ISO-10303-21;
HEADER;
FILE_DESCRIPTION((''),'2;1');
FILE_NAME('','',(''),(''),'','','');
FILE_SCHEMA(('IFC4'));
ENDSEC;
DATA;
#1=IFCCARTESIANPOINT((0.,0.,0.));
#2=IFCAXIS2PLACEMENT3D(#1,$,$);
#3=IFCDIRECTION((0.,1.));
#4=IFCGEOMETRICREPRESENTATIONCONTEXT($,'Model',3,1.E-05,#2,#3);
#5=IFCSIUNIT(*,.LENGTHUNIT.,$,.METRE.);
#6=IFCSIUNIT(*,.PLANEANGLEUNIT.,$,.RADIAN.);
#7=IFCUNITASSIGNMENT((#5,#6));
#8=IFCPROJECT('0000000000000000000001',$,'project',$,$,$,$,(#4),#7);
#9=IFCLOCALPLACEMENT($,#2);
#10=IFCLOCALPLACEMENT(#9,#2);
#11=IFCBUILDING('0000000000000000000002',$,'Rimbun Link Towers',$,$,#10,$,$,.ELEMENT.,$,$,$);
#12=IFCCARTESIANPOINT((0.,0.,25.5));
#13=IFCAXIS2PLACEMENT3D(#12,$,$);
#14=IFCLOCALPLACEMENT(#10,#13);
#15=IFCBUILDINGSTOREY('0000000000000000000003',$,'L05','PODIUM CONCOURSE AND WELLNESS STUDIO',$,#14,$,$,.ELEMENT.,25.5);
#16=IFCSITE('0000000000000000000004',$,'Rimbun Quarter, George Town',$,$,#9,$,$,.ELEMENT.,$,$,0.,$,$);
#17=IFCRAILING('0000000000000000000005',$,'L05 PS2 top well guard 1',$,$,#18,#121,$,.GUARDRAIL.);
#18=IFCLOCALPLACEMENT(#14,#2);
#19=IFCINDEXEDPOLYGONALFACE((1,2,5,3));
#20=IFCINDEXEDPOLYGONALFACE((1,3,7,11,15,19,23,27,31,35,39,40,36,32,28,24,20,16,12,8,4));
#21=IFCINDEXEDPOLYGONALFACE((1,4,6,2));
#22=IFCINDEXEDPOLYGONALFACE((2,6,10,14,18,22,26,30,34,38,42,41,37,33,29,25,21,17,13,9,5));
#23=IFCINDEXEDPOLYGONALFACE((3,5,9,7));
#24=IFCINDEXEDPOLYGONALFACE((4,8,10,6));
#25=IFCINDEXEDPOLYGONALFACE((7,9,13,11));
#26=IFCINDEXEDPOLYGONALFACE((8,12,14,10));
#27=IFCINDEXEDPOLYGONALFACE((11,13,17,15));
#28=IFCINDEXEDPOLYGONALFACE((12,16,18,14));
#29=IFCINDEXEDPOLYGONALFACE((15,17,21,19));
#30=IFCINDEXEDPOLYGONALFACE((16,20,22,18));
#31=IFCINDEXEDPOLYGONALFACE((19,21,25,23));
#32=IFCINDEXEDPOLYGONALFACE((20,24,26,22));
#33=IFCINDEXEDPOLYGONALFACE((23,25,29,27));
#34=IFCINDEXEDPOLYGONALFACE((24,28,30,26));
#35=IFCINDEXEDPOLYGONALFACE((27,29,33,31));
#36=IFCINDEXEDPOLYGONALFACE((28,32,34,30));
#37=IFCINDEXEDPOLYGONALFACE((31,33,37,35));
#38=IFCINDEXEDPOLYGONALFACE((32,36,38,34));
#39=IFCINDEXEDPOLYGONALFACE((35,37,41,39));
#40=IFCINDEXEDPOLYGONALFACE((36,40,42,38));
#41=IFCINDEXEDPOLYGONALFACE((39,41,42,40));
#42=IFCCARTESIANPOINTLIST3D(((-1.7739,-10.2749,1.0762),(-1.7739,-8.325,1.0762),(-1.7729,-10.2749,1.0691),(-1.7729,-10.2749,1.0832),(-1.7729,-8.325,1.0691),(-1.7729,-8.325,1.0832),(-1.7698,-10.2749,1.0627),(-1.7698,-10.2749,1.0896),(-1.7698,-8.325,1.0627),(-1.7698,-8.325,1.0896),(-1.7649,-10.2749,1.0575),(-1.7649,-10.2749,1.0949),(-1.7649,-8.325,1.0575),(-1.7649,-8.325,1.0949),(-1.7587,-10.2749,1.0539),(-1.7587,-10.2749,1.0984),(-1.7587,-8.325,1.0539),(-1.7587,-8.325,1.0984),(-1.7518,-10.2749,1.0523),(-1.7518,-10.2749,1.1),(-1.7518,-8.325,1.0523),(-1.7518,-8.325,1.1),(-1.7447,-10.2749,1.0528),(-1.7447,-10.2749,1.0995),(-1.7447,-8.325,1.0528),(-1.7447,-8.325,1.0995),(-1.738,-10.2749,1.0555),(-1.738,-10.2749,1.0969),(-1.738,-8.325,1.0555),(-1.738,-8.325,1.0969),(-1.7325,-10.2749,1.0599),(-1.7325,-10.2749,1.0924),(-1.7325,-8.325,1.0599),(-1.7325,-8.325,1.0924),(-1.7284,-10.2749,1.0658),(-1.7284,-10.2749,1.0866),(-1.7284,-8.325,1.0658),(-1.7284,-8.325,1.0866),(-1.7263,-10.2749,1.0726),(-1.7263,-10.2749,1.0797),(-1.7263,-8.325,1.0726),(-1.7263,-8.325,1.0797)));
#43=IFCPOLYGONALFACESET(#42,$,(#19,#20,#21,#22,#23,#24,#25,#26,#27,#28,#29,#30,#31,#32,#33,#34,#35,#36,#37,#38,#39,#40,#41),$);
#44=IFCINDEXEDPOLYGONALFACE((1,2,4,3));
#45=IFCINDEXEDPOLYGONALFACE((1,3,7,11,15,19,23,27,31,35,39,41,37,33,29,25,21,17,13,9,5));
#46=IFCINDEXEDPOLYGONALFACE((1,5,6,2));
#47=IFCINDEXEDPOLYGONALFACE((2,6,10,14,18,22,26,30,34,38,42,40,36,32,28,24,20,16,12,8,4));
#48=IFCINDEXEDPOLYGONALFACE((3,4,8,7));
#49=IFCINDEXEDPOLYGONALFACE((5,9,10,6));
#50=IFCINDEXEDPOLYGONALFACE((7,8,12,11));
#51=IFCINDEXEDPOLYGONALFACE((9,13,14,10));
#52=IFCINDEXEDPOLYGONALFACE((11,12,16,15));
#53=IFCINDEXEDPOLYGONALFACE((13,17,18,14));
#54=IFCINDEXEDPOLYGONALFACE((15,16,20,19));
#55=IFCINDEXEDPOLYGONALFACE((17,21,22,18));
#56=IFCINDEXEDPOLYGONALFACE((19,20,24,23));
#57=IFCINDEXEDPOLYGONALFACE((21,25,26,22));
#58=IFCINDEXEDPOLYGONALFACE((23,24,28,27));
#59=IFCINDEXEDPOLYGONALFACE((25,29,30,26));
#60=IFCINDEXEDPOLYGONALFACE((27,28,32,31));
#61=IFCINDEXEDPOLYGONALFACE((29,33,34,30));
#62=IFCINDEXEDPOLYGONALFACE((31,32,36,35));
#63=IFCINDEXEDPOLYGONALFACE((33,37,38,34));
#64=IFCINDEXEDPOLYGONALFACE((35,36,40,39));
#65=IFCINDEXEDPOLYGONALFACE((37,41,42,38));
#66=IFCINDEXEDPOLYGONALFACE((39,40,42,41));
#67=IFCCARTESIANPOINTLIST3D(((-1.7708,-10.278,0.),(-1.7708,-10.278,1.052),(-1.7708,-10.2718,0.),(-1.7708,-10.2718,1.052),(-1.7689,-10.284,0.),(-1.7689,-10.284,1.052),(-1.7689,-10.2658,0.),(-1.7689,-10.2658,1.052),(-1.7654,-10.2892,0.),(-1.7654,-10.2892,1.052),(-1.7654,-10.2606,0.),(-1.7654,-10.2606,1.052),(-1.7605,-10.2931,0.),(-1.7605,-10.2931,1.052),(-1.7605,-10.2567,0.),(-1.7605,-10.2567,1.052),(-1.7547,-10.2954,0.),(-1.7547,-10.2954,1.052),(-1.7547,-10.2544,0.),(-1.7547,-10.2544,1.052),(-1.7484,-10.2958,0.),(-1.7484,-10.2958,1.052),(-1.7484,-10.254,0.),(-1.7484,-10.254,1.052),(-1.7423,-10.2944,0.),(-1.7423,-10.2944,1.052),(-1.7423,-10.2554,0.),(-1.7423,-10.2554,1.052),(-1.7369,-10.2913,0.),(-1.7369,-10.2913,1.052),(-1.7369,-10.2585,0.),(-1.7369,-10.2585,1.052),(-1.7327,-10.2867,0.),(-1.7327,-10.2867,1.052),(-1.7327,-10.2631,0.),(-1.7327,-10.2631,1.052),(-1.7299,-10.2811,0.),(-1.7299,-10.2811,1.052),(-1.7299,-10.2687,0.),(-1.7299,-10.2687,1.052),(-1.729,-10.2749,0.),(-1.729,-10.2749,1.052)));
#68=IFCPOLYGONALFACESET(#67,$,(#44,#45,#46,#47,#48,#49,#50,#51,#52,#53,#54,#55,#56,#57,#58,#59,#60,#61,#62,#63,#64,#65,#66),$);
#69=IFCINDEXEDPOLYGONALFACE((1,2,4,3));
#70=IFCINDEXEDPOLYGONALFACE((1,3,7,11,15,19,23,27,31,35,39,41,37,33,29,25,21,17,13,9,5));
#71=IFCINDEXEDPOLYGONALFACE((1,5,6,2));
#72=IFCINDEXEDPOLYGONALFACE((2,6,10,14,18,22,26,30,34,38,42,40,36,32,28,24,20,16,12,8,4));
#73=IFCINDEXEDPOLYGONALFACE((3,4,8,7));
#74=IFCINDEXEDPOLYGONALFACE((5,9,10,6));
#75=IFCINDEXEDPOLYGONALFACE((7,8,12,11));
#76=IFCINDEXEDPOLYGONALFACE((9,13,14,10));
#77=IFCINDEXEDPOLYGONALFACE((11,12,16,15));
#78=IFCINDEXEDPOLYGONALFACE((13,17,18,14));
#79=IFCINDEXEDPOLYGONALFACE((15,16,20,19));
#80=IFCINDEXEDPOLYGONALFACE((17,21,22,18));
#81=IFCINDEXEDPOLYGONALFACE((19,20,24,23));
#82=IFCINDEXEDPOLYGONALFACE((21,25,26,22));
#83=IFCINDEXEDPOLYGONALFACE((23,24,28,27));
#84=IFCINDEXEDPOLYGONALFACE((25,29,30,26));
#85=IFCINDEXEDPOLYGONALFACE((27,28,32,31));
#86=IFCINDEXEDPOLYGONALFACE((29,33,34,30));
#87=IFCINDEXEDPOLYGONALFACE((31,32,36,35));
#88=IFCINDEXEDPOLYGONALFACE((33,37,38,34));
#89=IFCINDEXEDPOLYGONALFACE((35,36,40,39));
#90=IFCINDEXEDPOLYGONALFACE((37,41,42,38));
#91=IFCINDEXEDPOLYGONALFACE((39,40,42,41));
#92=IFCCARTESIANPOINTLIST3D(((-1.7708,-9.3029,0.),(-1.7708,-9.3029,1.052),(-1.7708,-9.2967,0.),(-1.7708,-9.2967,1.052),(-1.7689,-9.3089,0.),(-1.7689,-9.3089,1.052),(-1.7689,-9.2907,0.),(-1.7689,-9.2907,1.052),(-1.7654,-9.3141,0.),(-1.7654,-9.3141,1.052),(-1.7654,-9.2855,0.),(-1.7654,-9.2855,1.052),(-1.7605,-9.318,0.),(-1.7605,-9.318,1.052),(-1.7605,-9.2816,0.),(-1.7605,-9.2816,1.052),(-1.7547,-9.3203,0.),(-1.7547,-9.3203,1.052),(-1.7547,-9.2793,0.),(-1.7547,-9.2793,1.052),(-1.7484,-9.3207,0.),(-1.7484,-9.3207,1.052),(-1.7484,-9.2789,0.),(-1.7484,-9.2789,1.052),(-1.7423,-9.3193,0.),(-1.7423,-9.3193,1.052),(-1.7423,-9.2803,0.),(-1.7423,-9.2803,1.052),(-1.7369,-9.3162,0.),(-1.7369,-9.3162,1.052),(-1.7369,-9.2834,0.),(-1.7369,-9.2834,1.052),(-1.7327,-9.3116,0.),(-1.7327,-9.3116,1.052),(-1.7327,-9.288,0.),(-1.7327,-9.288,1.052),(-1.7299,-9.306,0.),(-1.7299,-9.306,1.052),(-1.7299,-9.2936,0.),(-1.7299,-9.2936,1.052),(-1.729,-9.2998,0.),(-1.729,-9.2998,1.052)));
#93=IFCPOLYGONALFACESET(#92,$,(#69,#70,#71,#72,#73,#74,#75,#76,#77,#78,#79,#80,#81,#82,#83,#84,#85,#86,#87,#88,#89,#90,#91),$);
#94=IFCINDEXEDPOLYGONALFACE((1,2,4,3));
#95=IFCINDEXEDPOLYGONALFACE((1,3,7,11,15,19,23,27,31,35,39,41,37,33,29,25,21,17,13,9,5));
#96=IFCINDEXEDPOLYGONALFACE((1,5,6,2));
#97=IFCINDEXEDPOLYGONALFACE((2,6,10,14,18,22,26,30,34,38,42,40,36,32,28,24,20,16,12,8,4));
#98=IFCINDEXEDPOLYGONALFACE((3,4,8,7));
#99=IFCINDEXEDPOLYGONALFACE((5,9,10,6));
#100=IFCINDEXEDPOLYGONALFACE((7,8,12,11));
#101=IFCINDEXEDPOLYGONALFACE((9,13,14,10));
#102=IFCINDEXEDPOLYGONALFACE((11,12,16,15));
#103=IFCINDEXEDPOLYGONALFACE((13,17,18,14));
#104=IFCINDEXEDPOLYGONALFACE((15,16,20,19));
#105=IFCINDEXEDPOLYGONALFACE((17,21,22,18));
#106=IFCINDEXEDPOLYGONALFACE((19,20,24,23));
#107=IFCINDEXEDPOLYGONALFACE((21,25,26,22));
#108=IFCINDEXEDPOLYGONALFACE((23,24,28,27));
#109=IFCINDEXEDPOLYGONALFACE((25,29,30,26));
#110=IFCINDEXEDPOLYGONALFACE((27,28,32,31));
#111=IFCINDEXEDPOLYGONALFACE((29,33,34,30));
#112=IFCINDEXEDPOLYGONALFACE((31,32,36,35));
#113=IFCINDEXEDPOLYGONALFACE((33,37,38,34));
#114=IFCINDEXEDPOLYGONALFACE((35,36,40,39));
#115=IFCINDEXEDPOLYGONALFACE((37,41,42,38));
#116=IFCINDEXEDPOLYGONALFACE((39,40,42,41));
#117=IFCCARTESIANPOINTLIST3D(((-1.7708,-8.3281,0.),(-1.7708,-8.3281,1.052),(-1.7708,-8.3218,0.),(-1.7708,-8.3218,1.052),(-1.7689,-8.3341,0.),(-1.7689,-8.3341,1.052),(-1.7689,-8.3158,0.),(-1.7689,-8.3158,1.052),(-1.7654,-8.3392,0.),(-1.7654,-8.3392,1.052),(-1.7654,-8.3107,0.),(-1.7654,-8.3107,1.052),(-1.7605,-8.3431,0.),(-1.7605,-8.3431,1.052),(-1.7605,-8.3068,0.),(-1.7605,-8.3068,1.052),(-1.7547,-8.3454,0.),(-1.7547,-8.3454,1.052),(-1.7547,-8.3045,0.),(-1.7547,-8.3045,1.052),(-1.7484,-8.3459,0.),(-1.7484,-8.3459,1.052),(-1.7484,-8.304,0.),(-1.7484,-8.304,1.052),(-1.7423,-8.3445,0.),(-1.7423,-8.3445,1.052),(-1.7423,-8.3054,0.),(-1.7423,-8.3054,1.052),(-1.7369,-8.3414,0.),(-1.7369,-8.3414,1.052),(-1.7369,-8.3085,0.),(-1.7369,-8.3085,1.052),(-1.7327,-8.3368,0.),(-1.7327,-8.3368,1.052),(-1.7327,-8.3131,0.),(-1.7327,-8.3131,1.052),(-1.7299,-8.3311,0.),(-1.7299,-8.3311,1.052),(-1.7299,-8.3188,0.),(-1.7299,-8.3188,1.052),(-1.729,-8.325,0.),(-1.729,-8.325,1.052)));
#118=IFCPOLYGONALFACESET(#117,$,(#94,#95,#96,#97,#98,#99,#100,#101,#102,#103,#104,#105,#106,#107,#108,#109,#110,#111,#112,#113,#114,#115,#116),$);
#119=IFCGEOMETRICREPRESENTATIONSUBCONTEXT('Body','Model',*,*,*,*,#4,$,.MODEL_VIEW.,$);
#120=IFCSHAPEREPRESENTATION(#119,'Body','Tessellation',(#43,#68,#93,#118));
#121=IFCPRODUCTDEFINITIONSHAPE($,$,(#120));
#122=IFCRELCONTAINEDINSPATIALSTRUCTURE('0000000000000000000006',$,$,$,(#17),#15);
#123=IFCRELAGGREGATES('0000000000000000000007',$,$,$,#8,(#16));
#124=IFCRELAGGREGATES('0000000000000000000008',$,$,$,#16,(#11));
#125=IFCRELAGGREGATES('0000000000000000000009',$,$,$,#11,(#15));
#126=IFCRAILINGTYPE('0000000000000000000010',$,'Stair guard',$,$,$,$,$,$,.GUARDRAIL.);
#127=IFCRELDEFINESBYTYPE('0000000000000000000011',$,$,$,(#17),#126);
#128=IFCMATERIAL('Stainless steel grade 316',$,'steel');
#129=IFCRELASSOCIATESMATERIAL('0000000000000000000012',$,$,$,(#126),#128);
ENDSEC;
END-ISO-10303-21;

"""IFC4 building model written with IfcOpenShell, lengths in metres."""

from ifc_helpers import new_model, si_unit, direction, frame, origin, origin_2d, place, context, subcontext, project, spatial, circle, extrude, material, type_object, element, save


model = new_model("IFC4")

# Units and contexts
model_context = context("Model", 3, precision=1e-05, world=origin(), true_north=direction((0.0, 1.0)))
body_context = subcontext(model_context, "Body", "Model", "MODEL_VIEW")
ifc_project = project(units=[si_unit("LENGTHUNIT", "METRE"), si_unit("PLANEANGLEUNIT", "RADIAN")], contexts=[model_context])

# Site, building, storey
site_placement = place(None, origin())
site = spatial("IfcSite", under=ifc_project, at=site_placement, Name="Rimbun Quarter, George Town", CompositionType="ELEMENT", RefElevation=0.0)
building_placement = place(site_placement, origin())
building = spatial("IfcBuilding", under=site, at=building_placement, Name="Rimbun Link Towers", CompositionType="ELEMENT")
storey_placement = place(building_placement, frame((0.0, 0.0, 25.5)))
storey = spatial("IfcBuildingStorey", under=building, at=storey_placement, Name="L05", Description="PODIUM CONCOURSE AND WELLNESS STUDIO", CompositionType="ELEMENT", Elevation=25.5)

# Railing
ifc_material_1 = material(Name="Stainless steel grade 316", Category="steel")
railing_type = type_object("IfcRailingType", Name="Stair guard", PredefinedType="GUARDRAIL", material=ifc_material_1)
for number, where, name in (
    (1, (-1.75, -10.2749, 0.0), "L05 PS2 top well guard 1"),
):
    element("IfcRailing", number, at=place(storey_placement, frame(where)), inside=storey, type_object=railing_type, Name=name, PredefinedType="GUARDRAIL", context=body_context, shape_type="SweptSolid", body=[
        extrude(circle(Radius=0.0239, at=origin_2d()), frame((0.0, 0.0, 1.0762), z_axis=(0.0, 1.0, 0.0), x_axis=(-1.0, 0.0, 0.0)), (0.0, 0.0, 1.0), 1.95),
        extrude(circle(Radius=0.021, at=origin_2d()), origin(), (0.0, 0.0, 1.0), 1.052),
        extrude(circle(Radius=0.021, at=origin_2d()), frame((0.0, 0.9751, 0.0)), (0.0, 0.0, 1.0), 1.052),
        extrude(circle(Radius=0.021, at=origin_2d()), frame((0.0, 1.95, 0.0)), (0.0, 0.0, 1.0), 1.052),
    ])

save(model, "model.ifc")
